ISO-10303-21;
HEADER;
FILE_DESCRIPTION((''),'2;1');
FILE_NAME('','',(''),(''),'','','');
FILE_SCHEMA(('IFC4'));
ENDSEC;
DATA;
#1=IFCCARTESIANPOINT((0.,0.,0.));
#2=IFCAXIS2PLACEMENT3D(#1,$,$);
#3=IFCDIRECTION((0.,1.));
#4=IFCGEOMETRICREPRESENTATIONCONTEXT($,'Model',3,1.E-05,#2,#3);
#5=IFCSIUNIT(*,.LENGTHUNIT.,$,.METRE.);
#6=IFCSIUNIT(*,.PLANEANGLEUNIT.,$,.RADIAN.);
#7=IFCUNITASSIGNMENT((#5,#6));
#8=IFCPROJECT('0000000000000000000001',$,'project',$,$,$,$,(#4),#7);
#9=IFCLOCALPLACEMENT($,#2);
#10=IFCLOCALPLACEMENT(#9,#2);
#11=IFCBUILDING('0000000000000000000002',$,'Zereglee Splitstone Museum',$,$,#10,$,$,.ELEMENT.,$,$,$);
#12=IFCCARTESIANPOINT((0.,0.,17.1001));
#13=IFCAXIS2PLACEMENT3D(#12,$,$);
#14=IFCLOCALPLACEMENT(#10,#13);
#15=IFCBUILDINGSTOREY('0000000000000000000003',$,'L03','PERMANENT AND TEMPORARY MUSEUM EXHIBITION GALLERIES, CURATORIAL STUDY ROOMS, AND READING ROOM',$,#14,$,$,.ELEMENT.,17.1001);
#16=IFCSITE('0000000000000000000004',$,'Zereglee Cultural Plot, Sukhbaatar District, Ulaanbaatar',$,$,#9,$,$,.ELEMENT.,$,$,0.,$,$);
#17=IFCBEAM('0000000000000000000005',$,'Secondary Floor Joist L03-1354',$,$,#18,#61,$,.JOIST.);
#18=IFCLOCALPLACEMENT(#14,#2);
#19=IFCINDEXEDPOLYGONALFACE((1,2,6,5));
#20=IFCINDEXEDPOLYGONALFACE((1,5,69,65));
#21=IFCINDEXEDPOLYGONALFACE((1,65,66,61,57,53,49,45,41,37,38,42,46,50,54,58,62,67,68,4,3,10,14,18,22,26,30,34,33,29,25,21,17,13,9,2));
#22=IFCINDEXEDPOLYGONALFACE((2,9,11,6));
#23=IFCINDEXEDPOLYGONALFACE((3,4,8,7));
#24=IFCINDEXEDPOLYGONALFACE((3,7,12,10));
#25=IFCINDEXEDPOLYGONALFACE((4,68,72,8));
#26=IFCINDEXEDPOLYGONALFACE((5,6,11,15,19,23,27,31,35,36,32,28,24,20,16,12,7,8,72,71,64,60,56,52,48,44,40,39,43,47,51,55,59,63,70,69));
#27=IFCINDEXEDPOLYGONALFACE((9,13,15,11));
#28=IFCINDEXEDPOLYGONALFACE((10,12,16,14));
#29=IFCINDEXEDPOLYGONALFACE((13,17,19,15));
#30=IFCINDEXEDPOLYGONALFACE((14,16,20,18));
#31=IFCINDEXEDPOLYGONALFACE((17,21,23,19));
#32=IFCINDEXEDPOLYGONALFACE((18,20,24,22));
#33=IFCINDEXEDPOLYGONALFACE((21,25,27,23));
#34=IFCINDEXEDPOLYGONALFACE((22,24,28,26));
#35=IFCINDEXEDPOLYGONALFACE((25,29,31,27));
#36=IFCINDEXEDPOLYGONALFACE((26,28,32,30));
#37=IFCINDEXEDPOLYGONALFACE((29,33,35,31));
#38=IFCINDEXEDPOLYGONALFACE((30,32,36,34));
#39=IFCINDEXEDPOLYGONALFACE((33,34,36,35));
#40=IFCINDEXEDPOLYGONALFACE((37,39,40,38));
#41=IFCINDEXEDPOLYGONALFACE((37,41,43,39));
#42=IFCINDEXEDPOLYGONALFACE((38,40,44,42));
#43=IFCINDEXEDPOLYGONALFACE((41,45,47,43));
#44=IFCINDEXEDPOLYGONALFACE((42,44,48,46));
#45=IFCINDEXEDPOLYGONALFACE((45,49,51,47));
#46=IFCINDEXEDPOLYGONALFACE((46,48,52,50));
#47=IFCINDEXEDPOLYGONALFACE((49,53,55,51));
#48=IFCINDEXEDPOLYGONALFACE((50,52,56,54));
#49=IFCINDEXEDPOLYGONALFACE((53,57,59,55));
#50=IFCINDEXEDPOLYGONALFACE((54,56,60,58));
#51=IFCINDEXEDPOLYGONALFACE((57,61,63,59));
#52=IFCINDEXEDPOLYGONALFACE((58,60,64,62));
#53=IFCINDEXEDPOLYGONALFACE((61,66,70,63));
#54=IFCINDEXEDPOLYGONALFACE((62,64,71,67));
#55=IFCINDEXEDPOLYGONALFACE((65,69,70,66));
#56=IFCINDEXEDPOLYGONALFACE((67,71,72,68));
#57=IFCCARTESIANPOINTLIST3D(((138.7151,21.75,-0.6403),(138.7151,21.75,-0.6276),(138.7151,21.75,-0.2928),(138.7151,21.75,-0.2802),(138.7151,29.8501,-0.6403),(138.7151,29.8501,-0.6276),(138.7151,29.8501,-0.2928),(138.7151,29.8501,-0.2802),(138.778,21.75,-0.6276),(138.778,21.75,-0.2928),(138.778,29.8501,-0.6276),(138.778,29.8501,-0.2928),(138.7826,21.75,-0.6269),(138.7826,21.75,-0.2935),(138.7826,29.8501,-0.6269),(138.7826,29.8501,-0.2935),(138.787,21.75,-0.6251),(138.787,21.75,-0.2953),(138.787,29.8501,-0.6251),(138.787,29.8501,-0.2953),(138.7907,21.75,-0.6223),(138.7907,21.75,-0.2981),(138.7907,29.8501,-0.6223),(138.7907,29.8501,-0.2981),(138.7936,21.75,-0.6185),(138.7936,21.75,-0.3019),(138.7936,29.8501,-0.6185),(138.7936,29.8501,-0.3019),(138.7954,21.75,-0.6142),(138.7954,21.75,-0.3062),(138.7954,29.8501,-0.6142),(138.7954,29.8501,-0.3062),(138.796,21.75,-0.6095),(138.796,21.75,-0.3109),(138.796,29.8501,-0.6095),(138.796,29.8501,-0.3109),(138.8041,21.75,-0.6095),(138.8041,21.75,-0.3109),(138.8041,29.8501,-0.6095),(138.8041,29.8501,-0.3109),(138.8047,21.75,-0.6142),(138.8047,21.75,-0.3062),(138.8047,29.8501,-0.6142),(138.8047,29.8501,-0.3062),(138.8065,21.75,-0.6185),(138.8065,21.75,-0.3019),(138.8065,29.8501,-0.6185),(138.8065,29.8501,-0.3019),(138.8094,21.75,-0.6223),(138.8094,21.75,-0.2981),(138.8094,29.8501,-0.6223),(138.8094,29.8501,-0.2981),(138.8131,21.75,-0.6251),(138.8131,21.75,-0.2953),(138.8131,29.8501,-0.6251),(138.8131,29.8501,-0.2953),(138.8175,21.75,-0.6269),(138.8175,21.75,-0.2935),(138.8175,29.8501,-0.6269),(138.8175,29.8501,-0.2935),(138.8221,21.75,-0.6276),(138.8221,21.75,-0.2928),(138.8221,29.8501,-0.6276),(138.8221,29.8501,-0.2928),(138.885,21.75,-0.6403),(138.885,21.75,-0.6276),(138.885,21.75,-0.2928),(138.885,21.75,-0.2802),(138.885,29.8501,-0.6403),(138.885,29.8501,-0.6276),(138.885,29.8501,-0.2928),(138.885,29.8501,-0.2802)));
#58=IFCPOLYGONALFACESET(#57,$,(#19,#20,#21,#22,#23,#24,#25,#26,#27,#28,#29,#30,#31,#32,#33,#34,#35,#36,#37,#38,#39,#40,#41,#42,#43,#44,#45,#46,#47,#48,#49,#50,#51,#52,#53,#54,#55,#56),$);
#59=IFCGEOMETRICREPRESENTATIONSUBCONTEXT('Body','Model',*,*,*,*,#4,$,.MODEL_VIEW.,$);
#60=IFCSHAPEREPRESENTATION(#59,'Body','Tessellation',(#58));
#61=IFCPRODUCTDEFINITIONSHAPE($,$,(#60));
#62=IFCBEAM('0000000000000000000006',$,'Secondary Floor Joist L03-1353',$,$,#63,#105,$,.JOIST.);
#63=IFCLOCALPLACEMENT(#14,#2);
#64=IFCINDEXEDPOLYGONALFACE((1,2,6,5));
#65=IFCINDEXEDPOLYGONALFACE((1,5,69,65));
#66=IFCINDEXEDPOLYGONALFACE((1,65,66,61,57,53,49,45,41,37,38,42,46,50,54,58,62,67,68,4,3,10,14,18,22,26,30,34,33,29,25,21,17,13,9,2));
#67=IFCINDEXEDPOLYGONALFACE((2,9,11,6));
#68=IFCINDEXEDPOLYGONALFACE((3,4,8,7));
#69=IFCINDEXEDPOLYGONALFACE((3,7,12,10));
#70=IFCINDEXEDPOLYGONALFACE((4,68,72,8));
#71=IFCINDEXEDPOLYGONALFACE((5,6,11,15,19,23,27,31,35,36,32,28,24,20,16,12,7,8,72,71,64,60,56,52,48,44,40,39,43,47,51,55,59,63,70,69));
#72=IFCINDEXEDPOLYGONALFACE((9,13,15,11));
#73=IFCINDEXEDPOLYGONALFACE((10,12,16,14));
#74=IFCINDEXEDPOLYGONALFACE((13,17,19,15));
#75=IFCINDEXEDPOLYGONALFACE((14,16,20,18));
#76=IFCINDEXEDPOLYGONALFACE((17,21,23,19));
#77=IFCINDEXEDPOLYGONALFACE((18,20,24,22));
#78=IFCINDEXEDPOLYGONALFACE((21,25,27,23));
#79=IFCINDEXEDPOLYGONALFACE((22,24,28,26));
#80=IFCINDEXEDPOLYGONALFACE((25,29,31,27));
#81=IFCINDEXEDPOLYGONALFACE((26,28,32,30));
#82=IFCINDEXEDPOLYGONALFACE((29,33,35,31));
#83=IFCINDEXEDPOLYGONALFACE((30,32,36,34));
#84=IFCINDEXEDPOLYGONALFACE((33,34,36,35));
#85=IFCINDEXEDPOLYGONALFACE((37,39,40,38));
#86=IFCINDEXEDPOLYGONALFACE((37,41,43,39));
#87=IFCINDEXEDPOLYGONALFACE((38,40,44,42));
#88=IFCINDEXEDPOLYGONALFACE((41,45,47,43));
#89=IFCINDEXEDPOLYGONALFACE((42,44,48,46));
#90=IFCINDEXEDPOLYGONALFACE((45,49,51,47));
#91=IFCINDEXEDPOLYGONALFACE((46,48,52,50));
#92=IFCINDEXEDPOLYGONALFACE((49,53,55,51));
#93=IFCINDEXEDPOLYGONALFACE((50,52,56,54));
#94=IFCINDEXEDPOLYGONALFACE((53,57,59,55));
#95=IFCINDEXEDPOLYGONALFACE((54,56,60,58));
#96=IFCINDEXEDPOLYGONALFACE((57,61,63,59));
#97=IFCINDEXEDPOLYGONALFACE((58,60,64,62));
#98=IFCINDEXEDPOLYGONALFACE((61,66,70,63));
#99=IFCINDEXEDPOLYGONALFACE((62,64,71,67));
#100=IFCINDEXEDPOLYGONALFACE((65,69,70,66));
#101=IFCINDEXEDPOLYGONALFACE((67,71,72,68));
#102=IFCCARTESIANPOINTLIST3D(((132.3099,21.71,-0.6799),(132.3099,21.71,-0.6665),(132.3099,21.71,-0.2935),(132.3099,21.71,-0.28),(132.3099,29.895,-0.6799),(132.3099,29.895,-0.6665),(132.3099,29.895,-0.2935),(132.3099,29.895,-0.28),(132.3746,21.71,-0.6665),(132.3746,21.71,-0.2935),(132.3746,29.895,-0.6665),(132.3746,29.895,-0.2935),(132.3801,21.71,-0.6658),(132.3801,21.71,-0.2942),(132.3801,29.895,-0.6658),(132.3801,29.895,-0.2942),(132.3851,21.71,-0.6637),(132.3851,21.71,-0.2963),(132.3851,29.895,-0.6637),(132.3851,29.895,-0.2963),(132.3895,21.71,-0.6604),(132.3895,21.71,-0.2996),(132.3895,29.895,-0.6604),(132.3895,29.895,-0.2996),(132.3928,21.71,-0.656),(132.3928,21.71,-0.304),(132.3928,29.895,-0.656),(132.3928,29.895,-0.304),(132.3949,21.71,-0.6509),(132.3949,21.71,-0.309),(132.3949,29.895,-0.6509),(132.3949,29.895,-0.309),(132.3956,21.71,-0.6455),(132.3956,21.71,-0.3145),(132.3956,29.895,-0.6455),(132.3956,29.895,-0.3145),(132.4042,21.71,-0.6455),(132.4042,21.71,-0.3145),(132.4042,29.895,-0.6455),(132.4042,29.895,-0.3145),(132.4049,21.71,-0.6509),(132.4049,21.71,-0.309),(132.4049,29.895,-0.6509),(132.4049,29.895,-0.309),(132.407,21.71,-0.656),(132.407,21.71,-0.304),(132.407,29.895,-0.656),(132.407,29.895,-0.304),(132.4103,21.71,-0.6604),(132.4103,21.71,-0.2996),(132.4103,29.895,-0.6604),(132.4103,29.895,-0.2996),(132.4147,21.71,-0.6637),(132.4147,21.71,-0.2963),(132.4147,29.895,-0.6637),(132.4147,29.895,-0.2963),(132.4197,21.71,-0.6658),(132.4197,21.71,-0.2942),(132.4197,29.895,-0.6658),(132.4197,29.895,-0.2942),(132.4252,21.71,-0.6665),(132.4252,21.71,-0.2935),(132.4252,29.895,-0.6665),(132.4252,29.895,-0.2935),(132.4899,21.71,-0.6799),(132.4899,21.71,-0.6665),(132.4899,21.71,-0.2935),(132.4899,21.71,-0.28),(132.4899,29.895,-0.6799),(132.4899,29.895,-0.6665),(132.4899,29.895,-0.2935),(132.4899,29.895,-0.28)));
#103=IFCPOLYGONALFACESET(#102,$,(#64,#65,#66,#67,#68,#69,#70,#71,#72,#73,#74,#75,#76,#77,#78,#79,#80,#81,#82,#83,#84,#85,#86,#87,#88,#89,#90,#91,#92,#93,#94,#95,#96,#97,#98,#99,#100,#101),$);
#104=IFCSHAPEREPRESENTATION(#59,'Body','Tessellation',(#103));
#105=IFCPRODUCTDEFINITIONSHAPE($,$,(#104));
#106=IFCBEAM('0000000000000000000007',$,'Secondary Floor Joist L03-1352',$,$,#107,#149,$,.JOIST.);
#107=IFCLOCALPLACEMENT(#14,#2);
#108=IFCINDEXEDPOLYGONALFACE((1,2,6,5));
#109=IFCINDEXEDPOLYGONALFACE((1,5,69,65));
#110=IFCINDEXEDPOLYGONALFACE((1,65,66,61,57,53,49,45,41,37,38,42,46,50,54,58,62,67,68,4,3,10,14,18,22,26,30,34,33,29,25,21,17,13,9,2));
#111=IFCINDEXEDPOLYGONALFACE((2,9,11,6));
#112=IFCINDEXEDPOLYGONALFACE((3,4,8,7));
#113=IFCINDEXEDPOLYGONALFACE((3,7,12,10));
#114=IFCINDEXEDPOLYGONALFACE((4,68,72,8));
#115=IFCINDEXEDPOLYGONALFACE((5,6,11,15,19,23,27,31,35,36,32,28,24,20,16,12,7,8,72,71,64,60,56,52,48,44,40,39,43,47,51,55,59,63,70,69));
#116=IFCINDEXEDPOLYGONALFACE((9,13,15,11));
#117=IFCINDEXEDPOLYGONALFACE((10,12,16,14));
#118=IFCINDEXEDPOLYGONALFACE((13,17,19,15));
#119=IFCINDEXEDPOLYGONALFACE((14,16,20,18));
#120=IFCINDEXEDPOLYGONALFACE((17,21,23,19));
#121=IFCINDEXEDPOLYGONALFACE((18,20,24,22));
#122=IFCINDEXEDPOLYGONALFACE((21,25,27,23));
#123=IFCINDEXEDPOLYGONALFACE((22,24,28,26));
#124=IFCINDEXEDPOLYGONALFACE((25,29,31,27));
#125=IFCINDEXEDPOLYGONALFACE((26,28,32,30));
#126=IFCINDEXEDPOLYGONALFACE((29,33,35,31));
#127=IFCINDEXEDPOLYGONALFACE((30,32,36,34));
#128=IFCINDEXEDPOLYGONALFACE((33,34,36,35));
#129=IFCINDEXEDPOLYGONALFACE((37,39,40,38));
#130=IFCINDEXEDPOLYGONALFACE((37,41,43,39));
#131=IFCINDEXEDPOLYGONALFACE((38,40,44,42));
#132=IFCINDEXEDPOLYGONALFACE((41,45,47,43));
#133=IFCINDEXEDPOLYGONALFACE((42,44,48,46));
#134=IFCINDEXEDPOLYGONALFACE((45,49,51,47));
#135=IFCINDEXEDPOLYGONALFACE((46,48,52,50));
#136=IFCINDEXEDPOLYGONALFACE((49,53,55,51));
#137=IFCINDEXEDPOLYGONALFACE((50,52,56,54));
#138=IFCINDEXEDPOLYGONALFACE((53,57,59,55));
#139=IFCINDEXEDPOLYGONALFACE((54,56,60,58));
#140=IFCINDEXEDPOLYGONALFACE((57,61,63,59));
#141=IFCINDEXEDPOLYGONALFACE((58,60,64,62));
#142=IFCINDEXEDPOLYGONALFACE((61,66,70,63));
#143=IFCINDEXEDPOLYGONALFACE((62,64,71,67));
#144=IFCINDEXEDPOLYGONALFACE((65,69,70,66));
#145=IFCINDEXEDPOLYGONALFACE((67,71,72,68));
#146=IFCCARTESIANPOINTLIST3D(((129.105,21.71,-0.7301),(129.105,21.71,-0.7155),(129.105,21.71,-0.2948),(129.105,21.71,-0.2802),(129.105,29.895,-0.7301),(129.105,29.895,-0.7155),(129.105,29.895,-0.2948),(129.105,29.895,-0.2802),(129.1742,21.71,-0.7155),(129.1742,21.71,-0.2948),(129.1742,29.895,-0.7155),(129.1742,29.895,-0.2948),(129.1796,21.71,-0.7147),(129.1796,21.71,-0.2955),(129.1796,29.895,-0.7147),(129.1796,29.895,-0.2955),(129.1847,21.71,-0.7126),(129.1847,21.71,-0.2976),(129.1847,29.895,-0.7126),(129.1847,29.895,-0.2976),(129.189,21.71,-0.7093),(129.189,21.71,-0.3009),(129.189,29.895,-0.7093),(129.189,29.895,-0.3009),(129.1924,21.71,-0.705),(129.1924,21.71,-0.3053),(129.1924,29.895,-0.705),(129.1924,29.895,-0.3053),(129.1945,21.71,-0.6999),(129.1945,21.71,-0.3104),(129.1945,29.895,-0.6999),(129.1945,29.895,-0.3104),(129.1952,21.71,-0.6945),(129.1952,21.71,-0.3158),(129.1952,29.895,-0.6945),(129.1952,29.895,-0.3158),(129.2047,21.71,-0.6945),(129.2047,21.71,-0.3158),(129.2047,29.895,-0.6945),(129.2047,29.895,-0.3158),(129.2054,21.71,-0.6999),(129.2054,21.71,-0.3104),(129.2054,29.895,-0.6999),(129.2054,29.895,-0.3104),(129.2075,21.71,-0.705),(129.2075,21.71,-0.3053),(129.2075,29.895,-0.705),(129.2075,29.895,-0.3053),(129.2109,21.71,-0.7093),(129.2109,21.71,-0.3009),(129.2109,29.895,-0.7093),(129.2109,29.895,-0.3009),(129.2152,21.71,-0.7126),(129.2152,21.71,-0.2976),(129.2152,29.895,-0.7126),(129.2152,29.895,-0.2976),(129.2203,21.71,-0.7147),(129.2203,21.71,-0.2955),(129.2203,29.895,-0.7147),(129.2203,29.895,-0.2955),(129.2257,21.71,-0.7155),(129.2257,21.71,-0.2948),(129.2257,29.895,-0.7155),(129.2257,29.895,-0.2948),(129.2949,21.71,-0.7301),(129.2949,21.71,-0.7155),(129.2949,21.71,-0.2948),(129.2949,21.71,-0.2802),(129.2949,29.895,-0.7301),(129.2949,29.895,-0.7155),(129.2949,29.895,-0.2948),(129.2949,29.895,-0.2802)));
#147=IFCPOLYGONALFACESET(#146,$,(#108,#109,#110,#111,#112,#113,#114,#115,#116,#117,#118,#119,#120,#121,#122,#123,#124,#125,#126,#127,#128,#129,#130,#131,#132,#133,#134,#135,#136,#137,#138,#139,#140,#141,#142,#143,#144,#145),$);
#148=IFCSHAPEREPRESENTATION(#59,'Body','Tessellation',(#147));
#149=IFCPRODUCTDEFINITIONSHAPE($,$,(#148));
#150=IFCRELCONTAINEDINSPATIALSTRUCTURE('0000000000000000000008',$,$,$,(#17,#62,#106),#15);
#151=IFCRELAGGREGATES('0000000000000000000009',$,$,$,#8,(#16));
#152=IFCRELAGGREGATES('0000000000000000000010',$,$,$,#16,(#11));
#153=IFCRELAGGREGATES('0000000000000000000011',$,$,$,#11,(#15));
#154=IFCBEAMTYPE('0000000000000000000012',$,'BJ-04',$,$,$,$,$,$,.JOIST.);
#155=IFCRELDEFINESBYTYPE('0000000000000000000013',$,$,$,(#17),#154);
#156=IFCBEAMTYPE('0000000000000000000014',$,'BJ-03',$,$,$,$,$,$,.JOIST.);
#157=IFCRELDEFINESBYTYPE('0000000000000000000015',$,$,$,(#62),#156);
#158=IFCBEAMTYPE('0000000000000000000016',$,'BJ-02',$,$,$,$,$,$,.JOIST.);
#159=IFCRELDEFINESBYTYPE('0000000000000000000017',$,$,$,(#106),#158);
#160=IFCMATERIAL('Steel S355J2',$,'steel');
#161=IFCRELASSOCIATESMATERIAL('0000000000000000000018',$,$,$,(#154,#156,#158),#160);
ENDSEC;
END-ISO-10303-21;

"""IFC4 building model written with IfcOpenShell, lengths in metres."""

from ifc_helpers import new_model, si_unit, direction, frame, origin, origin_2d, place, context, subcontext, project, spatial, i_section, extrude, material, material_profile, profile_set, type_object, element, save


model = new_model("IFC4")

# Units and contexts
model_context = context("Model", 3, precision=1e-05, world=origin(), true_north=direction((0.0, 1.0)))
body_context = subcontext(model_context, "Body", "Model", "MODEL_VIEW")
ifc_project = project(units=[si_unit("LENGTHUNIT", "METRE"), si_unit("PLANEANGLEUNIT", "RADIAN")], contexts=[model_context])

# Site, building, storey
site_placement = place(None, origin())
site = spatial("IfcSite", under=ifc_project, at=site_placement, Name="Zereglee Cultural Plot, Sukhbaatar District, Ulaanbaatar", CompositionType="ELEMENT", RefElevation=0.0)
building_placement = place(site_placement, origin())
building = spatial("IfcBuilding", under=site, at=building_placement, Name="Zereglee Splitstone Museum", CompositionType="ELEMENT")
storey_placement = place(building_placement, frame((0.0, 0.0, 17.1001)))
storey = spatial("IfcBuildingStorey", under=building, at=storey_placement, Name="L03", Description="PERMANENT AND TEMPORARY MUSEUM EXHIBITION GALLERIES, CURATORIAL STUDY ROOMS, AND READING ROOM", CompositionType="ELEMENT", Elevation=17.1001)

# Shared definitions
ifc_material_1 = material(Name="Steel S355J2", Category="steel")

# Beams
ifc_material_profile_1 = material_profile(ifc_material_1, i_section(OverallWidth=0.1699, OverallDepth=0.3601, WebThickness=0.0081, FlangeThickness=0.0127, FilletRadius=0.0181, at=origin_2d()), Name="IPE 360")
ifc_profile_set_1 = profile_set([ifc_material_profile_1], Name="Steel S355J2")
beam_type_1 = type_object("IfcBeamType", Name="BJ-04", PredefinedType="JOIST", material=ifc_profile_set_1)
beam_1_placement = place(storey_placement, frame((138.8, 21.75, -0.4602), z_axis=(0.0, 1.0, 0.0), x_axis=(-1.0, 0.0, 0.0)))
element("IfcBeam", 1, at=beam_1_placement, inside=storey, type_object=beam_type_1, Name="Secondary Floor Joist L03-1354", PredefinedType="JOIST", context=body_context, shape_type="SweptSolid", body=[
    extrude(i_section(OverallWidth=0.1699, OverallDepth=0.3601, WebThickness=0.0081, FlangeThickness=0.0127, FilletRadius=0.0181, at=origin_2d()), origin(), (0.0, 0.0, 1.0), 8.1001),
])
ifc_material_profile_2 = material_profile(ifc_material_1, i_section(OverallWidth=0.1799, OverallDepth=0.3999, WebThickness=0.0085, FlangeThickness=0.0134, FilletRadius=0.021, at=origin_2d()), Name="IPE 400")
ifc_profile_set_2 = profile_set([ifc_material_profile_2], Name="Steel S355J2")
beam_type_2 = type_object("IfcBeamType", Name="BJ-03", PredefinedType="JOIST", material=ifc_profile_set_2)
beam_2_placement = place(storey_placement, frame((132.3999, 21.71, -0.48), z_axis=(0.0, 1.0, 0.0), x_axis=(-1.0, 0.0, 0.0)))
element("IfcBeam", 2, at=beam_2_placement, inside=storey, type_object=beam_type_2, Name="Secondary Floor Joist L03-1353", PredefinedType="JOIST", context=body_context, shape_type="SweptSolid", body=[
    extrude(i_section(OverallWidth=0.1799, OverallDepth=0.3999, WebThickness=0.0085, FlangeThickness=0.0134, FilletRadius=0.021, at=origin_2d()), origin(), (0.0, 0.0, 1.0), 8.1851),
])
ifc_material_profile_3 = material_profile(ifc_material_1, i_section(OverallWidth=0.1899, OverallDepth=0.45, WebThickness=0.0095, FlangeThickness=0.0146, FilletRadius=0.021, at=origin_2d()), Name="IPE 450")
ifc_profile_set_3 = profile_set([ifc_material_profile_3], Name="Steel S355J2")
beam_type_3 = type_object("IfcBeamType", Name="BJ-02", PredefinedType="JOIST", material=ifc_profile_set_3)
beam_3_placement = place(storey_placement, frame((129.2, 21.71, -0.5051), z_axis=(0.0, 1.0, 0.0), x_axis=(-1.0, 0.0, 0.0)))
element("IfcBeam", 3, at=beam_3_placement, inside=storey, type_object=beam_type_3, Name="Secondary Floor Joist L03-1352", PredefinedType="JOIST", context=body_context, shape_type="SweptSolid", body=[
    extrude(i_section(OverallWidth=0.1899, OverallDepth=0.45, WebThickness=0.0095, FlangeThickness=0.0146, FilletRadius=0.021, at=origin_2d()), origin(), (0.0, 0.0, 1.0), 8.1851),
])

save(model, "model.ifc")
